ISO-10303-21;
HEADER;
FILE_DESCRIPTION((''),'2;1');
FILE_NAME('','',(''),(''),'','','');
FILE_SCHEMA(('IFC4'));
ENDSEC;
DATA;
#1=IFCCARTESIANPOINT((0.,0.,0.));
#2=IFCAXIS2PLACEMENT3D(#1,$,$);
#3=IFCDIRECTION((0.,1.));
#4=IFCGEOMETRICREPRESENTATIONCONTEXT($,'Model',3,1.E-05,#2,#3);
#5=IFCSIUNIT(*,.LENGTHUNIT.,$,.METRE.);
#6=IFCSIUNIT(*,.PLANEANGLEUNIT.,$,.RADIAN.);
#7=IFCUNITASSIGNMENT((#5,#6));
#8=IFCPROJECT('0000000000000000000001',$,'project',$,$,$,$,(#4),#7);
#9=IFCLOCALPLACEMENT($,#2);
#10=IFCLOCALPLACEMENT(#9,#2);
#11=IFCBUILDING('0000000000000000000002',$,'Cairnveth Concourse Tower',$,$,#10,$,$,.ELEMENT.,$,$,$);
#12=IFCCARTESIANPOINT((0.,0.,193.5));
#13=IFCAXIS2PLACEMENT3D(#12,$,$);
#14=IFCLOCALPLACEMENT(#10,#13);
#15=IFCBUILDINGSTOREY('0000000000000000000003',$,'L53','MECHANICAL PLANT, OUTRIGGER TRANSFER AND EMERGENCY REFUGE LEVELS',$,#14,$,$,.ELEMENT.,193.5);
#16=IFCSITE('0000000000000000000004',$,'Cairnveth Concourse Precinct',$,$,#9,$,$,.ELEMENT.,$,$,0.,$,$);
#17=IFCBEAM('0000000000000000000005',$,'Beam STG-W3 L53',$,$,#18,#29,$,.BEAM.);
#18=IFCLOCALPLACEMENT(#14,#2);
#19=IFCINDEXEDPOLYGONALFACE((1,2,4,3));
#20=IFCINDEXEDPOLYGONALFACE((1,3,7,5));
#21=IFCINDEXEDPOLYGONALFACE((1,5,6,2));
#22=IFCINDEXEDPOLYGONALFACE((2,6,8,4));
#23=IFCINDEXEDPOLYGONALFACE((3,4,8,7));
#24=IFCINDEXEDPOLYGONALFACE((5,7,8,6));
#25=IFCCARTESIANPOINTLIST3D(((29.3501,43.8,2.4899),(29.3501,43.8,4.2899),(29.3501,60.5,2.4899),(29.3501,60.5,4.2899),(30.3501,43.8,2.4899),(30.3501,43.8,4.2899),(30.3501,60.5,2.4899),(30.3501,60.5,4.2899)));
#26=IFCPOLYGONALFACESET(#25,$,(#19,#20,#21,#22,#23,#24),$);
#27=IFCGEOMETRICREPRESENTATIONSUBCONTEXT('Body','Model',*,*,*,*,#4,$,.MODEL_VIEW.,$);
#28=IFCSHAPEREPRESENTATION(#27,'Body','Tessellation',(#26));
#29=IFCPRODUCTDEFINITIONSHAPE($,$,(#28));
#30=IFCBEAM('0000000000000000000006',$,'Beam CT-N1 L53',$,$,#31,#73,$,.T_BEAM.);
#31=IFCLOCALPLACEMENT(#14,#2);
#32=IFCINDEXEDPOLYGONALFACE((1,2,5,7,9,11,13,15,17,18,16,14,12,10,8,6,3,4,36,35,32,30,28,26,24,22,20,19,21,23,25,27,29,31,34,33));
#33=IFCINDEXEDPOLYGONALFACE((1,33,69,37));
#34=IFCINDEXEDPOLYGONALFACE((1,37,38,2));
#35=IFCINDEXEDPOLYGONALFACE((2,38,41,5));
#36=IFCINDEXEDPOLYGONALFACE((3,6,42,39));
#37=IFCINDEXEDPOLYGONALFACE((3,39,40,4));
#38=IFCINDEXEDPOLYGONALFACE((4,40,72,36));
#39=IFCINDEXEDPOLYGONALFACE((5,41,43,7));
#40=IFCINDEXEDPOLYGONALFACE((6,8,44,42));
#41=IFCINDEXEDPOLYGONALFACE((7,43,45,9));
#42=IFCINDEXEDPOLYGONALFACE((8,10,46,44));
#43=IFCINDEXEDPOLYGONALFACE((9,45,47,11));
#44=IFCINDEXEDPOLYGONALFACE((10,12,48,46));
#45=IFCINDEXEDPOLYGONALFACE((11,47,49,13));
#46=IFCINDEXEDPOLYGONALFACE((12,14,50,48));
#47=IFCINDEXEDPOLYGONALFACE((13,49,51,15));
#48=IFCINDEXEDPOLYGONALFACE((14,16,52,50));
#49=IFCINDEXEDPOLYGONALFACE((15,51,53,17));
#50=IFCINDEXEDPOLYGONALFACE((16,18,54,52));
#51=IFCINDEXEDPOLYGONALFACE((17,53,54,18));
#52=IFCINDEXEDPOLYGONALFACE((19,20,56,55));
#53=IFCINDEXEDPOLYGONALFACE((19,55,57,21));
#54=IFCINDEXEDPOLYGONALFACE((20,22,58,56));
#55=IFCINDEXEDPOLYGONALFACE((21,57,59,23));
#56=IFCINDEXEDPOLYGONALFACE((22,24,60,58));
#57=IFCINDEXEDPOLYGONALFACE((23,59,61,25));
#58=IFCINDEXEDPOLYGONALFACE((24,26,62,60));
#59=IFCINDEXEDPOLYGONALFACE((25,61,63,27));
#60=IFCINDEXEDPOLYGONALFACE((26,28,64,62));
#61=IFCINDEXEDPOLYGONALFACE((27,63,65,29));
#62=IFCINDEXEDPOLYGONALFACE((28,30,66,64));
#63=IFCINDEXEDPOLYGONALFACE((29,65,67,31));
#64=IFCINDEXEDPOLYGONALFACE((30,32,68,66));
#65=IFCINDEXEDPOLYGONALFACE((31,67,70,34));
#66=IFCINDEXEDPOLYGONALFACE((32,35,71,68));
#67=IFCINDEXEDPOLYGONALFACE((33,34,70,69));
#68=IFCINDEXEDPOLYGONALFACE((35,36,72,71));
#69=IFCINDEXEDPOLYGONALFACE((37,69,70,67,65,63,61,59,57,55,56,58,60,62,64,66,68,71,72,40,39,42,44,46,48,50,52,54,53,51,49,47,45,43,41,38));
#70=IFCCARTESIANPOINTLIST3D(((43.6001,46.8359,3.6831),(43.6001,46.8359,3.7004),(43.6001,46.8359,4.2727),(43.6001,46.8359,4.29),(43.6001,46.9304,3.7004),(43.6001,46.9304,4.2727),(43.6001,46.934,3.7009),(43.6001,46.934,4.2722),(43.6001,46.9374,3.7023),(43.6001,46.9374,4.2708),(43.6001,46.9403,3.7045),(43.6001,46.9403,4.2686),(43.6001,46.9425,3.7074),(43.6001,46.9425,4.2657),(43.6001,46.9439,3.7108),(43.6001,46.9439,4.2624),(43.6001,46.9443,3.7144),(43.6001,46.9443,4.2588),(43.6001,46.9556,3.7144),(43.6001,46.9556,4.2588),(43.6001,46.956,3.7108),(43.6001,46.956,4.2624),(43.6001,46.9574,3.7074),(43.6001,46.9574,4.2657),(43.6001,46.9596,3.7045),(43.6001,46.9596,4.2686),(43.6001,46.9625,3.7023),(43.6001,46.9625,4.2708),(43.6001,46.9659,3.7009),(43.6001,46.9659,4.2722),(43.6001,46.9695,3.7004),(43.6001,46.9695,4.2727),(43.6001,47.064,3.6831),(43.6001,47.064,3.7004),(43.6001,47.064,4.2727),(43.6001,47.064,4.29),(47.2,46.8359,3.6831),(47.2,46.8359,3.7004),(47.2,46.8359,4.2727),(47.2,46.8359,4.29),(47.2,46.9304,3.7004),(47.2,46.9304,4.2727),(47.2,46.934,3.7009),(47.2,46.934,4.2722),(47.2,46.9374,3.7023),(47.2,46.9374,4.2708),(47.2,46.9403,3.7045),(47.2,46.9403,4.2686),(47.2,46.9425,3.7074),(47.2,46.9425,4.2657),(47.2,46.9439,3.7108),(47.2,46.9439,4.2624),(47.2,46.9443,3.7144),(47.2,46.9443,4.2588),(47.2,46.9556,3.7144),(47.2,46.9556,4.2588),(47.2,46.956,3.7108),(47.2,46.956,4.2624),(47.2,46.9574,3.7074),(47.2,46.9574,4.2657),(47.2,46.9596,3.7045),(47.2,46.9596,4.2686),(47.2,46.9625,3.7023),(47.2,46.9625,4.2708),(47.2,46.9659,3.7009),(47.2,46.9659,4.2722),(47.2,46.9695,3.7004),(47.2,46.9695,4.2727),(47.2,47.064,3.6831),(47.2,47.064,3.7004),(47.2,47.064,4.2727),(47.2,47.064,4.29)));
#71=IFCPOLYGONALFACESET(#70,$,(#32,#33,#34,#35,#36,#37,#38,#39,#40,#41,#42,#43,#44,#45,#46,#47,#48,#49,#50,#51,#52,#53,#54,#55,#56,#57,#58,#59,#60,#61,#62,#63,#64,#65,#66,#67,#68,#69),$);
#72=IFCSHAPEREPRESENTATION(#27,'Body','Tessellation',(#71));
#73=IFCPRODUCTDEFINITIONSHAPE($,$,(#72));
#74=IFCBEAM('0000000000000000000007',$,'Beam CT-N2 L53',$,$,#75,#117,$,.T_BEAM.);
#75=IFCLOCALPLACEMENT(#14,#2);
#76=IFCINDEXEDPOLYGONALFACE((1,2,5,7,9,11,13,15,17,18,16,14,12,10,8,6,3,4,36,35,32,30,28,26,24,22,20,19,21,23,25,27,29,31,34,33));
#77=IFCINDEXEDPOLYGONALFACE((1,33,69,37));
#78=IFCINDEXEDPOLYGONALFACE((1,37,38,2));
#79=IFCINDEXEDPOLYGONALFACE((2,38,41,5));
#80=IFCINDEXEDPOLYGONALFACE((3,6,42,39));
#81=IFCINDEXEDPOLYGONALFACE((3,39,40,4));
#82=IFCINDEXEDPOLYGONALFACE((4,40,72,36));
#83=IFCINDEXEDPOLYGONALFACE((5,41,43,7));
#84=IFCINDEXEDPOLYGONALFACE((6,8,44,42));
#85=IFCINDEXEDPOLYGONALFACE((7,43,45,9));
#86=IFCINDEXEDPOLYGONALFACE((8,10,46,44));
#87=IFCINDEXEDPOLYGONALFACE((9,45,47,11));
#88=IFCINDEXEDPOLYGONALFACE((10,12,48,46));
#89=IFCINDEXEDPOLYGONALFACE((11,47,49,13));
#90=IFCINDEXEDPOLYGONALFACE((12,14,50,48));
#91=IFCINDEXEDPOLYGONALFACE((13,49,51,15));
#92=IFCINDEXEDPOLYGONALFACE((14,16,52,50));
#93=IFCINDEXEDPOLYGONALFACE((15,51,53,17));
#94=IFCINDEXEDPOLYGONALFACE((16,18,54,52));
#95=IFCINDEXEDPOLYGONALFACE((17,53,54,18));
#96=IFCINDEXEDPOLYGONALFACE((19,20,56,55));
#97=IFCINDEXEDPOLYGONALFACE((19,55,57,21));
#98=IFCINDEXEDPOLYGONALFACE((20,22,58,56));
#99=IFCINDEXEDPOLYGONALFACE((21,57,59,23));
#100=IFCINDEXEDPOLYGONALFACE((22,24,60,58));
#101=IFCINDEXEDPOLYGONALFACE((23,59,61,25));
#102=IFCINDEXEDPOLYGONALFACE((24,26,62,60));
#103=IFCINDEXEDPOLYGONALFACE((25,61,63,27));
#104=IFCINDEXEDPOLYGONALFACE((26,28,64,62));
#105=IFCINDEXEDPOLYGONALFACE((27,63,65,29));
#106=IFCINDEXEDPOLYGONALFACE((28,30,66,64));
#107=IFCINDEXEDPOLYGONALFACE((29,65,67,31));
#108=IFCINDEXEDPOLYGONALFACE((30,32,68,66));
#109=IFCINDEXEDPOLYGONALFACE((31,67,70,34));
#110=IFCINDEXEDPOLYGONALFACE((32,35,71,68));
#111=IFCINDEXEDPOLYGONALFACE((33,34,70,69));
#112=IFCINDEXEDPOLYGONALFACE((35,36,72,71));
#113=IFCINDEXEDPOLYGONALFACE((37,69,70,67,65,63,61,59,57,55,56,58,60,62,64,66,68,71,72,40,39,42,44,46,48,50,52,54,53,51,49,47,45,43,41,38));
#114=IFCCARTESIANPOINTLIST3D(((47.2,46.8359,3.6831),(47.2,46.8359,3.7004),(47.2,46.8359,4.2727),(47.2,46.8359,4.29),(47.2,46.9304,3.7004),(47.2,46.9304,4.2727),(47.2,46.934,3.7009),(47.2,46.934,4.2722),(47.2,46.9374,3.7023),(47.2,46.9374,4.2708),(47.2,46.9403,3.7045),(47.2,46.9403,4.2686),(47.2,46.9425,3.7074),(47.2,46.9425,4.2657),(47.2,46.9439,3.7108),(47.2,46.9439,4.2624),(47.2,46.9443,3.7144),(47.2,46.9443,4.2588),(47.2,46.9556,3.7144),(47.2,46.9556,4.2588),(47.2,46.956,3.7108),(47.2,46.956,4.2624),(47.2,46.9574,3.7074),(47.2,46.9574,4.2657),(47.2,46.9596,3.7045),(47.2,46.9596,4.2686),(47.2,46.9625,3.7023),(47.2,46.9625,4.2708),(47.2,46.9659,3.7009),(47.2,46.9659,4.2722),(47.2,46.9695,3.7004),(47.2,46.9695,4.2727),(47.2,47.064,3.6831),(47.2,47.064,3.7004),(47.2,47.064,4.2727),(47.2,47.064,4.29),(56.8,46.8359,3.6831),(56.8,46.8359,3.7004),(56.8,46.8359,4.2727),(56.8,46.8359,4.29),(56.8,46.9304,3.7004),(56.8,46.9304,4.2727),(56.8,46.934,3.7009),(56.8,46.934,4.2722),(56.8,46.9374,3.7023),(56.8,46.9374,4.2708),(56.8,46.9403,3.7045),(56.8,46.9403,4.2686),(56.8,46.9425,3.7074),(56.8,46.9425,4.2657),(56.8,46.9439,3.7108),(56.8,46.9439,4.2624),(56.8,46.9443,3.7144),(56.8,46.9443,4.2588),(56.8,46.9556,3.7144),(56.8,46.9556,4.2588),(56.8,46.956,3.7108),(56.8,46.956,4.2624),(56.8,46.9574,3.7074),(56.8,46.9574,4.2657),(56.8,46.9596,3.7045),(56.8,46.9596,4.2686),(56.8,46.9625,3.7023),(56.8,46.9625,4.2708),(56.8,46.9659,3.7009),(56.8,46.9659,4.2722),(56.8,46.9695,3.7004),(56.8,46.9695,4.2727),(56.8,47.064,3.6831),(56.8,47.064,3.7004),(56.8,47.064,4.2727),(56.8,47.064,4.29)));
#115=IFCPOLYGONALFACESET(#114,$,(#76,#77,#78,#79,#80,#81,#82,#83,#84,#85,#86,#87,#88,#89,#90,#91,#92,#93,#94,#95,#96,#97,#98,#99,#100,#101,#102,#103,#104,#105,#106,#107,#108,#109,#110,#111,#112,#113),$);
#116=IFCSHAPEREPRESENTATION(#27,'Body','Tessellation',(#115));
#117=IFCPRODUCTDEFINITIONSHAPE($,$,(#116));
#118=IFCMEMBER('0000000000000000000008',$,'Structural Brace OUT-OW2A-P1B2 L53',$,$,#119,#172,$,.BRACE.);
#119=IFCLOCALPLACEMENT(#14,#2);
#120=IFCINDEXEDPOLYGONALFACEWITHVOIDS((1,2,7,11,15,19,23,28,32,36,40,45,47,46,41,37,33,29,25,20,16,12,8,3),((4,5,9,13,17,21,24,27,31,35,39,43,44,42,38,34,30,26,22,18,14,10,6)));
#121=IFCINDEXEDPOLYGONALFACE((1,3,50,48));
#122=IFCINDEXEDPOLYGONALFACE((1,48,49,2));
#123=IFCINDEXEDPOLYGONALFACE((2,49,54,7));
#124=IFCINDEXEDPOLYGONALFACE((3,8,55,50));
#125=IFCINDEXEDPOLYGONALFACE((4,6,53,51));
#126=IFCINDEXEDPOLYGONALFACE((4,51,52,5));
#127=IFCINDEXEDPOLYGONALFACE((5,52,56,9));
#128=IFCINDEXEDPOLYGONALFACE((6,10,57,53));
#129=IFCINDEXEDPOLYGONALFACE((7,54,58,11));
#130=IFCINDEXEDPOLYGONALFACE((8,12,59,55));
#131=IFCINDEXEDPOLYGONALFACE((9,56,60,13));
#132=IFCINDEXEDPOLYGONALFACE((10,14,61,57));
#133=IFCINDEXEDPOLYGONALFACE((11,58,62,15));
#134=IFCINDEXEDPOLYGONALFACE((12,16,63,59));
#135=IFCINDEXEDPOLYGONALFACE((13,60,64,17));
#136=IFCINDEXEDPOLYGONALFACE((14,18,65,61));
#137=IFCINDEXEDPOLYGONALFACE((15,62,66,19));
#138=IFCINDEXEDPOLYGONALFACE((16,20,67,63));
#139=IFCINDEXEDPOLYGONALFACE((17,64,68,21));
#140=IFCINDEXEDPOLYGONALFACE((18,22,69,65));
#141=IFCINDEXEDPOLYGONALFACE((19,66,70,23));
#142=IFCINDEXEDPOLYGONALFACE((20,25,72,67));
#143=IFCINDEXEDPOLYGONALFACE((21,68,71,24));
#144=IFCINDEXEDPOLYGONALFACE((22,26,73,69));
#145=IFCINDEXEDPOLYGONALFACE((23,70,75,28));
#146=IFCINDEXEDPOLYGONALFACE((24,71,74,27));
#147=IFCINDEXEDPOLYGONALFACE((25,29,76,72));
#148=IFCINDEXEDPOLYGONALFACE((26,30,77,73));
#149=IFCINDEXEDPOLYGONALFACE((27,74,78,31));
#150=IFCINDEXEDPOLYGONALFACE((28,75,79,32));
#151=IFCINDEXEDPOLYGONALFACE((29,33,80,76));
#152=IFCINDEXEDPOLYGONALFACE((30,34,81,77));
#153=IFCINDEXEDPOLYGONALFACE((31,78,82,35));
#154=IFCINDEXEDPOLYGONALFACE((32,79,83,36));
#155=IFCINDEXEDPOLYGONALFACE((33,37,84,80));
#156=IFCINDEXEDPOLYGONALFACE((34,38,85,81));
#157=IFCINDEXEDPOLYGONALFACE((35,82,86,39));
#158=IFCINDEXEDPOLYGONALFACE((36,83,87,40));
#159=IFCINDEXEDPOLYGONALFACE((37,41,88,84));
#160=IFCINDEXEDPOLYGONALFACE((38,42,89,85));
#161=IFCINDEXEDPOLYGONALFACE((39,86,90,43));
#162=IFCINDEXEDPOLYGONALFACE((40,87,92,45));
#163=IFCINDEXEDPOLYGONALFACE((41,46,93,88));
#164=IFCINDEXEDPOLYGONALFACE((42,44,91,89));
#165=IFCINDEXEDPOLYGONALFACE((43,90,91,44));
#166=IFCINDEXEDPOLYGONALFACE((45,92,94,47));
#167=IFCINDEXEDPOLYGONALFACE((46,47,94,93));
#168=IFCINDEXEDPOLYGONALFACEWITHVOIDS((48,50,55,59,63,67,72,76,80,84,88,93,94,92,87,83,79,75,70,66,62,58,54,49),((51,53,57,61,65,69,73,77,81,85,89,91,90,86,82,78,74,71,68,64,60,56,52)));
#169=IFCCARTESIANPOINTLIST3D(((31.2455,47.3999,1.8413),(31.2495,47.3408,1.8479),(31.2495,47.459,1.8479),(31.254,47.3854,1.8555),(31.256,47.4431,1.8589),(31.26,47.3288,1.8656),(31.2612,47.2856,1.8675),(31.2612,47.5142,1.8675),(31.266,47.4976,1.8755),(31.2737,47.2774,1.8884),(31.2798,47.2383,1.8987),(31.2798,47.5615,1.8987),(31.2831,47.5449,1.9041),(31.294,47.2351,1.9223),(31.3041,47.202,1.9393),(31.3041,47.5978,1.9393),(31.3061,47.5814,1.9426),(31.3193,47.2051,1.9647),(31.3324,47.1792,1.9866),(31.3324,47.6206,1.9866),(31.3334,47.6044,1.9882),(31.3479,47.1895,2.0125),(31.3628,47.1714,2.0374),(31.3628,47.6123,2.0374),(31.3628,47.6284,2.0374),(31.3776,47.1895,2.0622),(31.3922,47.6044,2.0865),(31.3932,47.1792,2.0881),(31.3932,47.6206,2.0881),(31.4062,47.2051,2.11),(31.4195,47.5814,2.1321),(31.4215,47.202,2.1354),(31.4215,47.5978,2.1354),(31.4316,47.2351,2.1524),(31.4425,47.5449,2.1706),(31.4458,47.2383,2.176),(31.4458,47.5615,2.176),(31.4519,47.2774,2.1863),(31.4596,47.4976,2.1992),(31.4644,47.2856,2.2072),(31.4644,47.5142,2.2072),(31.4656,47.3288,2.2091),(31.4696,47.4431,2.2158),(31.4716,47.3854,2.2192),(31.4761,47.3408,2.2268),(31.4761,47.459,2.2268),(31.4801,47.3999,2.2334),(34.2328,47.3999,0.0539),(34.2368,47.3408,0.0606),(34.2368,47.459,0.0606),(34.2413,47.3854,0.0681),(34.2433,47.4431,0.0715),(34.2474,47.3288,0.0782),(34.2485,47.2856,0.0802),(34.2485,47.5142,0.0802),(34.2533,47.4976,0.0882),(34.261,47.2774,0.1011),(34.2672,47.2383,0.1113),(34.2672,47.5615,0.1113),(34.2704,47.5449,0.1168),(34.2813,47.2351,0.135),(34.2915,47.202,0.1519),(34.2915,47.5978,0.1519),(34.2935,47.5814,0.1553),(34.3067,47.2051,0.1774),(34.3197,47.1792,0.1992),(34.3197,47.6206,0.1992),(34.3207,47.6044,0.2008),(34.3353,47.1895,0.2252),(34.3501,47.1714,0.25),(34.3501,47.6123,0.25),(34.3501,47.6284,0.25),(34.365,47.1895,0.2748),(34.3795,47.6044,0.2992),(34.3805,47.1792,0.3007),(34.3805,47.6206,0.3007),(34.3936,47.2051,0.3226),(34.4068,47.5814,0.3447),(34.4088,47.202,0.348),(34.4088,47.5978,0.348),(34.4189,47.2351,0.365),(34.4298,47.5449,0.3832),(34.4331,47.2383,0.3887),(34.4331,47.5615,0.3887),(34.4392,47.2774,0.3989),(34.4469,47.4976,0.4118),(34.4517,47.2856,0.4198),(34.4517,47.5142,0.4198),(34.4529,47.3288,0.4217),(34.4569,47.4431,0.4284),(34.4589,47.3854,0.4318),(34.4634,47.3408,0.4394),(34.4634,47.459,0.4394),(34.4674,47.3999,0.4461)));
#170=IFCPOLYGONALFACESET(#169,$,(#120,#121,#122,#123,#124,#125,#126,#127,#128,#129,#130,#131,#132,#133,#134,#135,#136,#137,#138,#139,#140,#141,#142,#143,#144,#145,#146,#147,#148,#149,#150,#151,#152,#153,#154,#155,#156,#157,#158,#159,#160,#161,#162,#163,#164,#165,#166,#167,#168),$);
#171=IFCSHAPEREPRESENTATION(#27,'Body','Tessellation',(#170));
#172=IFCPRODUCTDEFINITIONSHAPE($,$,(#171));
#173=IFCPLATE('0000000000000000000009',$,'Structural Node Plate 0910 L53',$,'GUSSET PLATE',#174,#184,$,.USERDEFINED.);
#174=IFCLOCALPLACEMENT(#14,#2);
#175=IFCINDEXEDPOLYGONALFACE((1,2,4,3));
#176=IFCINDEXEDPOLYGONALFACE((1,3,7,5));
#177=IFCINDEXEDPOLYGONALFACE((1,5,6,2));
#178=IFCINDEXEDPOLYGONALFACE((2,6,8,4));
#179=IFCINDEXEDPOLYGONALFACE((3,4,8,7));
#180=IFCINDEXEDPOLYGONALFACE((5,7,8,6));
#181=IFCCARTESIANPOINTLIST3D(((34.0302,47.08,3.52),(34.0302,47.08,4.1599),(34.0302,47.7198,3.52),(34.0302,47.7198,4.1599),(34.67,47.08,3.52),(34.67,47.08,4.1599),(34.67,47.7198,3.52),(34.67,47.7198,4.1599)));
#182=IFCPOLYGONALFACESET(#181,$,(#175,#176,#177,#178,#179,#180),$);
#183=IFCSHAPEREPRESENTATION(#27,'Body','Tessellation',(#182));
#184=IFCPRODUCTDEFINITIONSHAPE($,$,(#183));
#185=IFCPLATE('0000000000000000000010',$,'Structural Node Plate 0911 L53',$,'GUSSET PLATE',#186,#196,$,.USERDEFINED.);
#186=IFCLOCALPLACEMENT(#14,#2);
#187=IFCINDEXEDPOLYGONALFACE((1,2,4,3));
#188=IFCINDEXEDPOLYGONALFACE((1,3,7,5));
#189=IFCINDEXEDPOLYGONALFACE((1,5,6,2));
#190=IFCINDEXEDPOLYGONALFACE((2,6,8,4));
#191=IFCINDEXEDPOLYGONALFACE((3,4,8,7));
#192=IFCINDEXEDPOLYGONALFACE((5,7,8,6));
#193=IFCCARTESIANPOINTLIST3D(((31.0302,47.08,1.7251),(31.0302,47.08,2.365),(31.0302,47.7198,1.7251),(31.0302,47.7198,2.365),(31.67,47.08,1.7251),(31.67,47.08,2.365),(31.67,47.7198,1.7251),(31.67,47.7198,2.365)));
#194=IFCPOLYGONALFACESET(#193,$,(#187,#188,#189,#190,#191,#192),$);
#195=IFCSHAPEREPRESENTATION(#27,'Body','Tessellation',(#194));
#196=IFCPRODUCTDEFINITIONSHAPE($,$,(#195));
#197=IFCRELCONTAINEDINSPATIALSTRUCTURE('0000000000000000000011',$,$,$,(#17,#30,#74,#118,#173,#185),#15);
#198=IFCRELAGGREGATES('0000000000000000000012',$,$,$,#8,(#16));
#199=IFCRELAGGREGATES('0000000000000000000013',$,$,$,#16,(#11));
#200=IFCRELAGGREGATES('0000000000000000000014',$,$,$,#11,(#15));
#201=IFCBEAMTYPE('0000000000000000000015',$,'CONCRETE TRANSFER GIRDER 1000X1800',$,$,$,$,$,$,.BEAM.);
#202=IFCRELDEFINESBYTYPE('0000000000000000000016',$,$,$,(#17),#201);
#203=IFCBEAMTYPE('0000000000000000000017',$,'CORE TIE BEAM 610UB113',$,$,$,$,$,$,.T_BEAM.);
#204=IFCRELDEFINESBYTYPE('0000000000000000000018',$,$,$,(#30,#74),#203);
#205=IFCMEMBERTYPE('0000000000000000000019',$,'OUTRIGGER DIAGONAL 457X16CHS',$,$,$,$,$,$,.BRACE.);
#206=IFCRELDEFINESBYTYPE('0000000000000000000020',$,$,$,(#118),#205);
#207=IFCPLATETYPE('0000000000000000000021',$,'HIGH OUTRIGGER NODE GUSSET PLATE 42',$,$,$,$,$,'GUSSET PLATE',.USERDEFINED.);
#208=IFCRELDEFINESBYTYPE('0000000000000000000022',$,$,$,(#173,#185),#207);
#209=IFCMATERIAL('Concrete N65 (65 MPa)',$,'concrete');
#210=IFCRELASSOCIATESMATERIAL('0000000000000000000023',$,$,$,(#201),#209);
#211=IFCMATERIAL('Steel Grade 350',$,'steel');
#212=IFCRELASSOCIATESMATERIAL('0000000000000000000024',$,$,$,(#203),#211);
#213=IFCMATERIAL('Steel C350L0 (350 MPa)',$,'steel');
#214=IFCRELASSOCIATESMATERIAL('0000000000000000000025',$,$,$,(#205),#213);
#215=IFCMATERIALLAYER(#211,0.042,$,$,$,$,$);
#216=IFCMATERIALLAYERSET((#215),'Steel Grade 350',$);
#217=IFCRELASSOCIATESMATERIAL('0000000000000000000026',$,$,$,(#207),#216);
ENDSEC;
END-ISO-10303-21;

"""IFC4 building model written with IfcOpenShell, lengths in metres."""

from ifc_helpers import new_model, si_unit, direction, frame, origin, origin_2d, place, context, subcontext, project, spatial, rectangle, hollow_circle, i_section, extrude, material, layer, layer_set, material_profile, profile_set, type_object, element, save


model = new_model("IFC4")

# Units and contexts
model_context = context("Model", 3, precision=1e-05, world=origin(), true_north=direction((0.0, 1.0)))
body_context = subcontext(model_context, "Body", "Model", "MODEL_VIEW")
ifc_project = project(units=[si_unit("LENGTHUNIT", "METRE"), si_unit("PLANEANGLEUNIT", "RADIAN")], contexts=[model_context])

# Site, building, storey
site_placement = place(None, origin())
site = spatial("IfcSite", under=ifc_project, at=site_placement, Name="Cairnveth Concourse Precinct", CompositionType="ELEMENT", RefElevation=0.0)
building_placement = place(site_placement, origin())
building = spatial("IfcBuilding", under=site, at=building_placement, Name="Cairnveth Concourse Tower", CompositionType="ELEMENT")
storey_placement = place(building_placement, frame((0.0, 0.0, 193.5)))
storey = spatial("IfcBuildingStorey", under=building, at=storey_placement, Name="L53", Description="MECHANICAL PLANT, OUTRIGGER TRANSFER AND EMERGENCY REFUGE LEVELS", CompositionType="ELEMENT", Elevation=193.5)

# Beams
ifc_material_1 = material(Name="Concrete N65 (65 MPa)", Category="concrete")
ifc_material_profile_1 = material_profile(ifc_material_1, rectangle(XDim=1.0, YDim=1.8, at=origin_2d()), Name="RC-TB-1000x1800")
ifc_profile_set_1 = profile_set([ifc_material_profile_1], Name="Concrete N65 (65 MPa)")
beam_type_1 = type_object("IfcBeamType", Name="CONCRETE TRANSFER GIRDER 1000X1800", PredefinedType="BEAM", material=ifc_profile_set_1)
beam_1_placement = place(storey_placement, frame((29.8501, 43.8, 3.3899), z_axis=(0.0, 1.0, 0.0), x_axis=(-1.0, 0.0, 0.0)))
element("IfcBeam", 1, at=beam_1_placement, inside=storey, type_object=beam_type_1, Name="Beam STG-W3 L53", PredefinedType="BEAM", context=body_context, shape_type="SweptSolid", body=[
    extrude(rectangle(XDim=1.0, YDim=1.8, at=origin_2d()), origin(), (0.0, 0.0, 1.0), 16.7),
])
ifc_material_2 = material(Name="Steel Grade 350", Category="steel")
ifc_material_profile_2 = material_profile(ifc_material_2, i_section(OverallWidth=0.228, OverallDepth=0.6069, WebThickness=0.0112, FlangeThickness=0.0173, FilletRadius=0.0139, at=origin_2d()), Name="610UB113")
ifc_profile_set_2 = profile_set([ifc_material_profile_2], Name="Steel Grade 350")
beam_type_2 = type_object("IfcBeamType", Name="CORE TIE BEAM 610UB113", PredefinedType="T_BEAM", material=ifc_profile_set_2)
beam_2_placement = place(storey_placement, frame((43.6001, 46.95, 3.9866), z_axis=(1.0, 0.0, 0.0), x_axis=(0.0, 1.0, 0.0)))
element("IfcBeam", 2, at=beam_2_placement, inside=storey, type_object=beam_type_2, Name="Beam CT-N1 L53", PredefinedType="T_BEAM", context=body_context, shape_type="SweptSolid", body=[
    extrude(i_section(OverallWidth=0.228, OverallDepth=0.6069, WebThickness=0.0112, FlangeThickness=0.0173, FilletRadius=0.0139, at=origin_2d()), origin(), (0.0, 0.0, 1.0), 3.5999),
])
beam_3_placement = place(storey_placement, frame((47.2, 46.95, 3.9866), z_axis=(1.0, 0.0, 0.0), x_axis=(0.0, 1.0, 0.0)))
element("IfcBeam", 3, at=beam_3_placement, inside=storey, type_object=beam_type_2, Name="Beam CT-N2 L53", PredefinedType="T_BEAM", context=body_context, shape_type="SweptSolid", body=[
    extrude(i_section(OverallWidth=0.228, OverallDepth=0.6069, WebThickness=0.0112, FlangeThickness=0.0173, FilletRadius=0.0139, at=origin_2d()), origin(), (0.0, 0.0, 1.0), 9.6001),
])

# Member
ifc_material_3 = material(Name="Steel C350L0 (350 MPa)", Category="steel")
ifc_material_profile_3 = material_profile(ifc_material_3, hollow_circle(Radius=0.2285, WallThickness=0.0161, at=origin_2d()), Name="457.0x16.0CHS")
ifc_profile_set_3 = profile_set([ifc_material_profile_3], Name="Steel C350L0 (350 MPa)")
member_type = type_object("IfcMemberType", Name="OUTRIGGER DIAGONAL 457X16CHS", PredefinedType="BRACE", material=ifc_profile_set_3)
member_placement = place(storey_placement, frame((31.3628, 47.3999, 2.0374), z_axis=(0.85813, 0.0, -0.513433), x_axis=(0.0, 1.0, 0.0)))
element("IfcMember", 4, at=member_placement, inside=storey, type_object=member_type, Name="Structural Brace OUT-OW2A-P1B2 L53", PredefinedType="BRACE", context=body_context, shape_type="SweptSolid", body=[
    extrude(hollow_circle(Radius=0.2285, WallThickness=0.0161, at=origin_2d()), origin(), (0.0, 0.0, 1.0), 3.4812),
])

# Plates
ifc_layer_1 = layer(ifc_material_2, 0.042)
ifc_layer_set_1 = layer_set([ifc_layer_1], Name="Steel Grade 350")
plate_type = type_object("IfcPlateType", Name="HIGH OUTRIGGER NODE GUSSET PLATE 42", ElementType="GUSSET PLATE", PredefinedType="USERDEFINED", material=ifc_layer_set_1)
for number, where, z_axis, x_axis, name in (
    (5, (34.3501, 47.3999, 3.52), (0.0, 0.0, 1.0), (1.0, 0.0, 0.0), "Structural Node Plate 0910 L53"),
    (6, (31.3501, 47.3999, 1.7251), (0.0, 0.0, 1.0), (1.0, 0.0, 0.0), "Structural Node Plate 0911 L53"),
):
    element("IfcPlate", number, at=place(storey_placement, frame(where, z_axis=z_axis, x_axis=x_axis)), inside=storey, type_object=plate_type, Name=name, ObjectType="GUSSET PLATE", PredefinedType="USERDEFINED", context=body_context, shape_type="SweptSolid", body=[
        extrude(rectangle(XDim=0.6399, YDim=0.6399, at=origin_2d()), origin(), (0.0, 0.0, 1.0), 0.6399),
    ])

save(model, "model.ifc")
